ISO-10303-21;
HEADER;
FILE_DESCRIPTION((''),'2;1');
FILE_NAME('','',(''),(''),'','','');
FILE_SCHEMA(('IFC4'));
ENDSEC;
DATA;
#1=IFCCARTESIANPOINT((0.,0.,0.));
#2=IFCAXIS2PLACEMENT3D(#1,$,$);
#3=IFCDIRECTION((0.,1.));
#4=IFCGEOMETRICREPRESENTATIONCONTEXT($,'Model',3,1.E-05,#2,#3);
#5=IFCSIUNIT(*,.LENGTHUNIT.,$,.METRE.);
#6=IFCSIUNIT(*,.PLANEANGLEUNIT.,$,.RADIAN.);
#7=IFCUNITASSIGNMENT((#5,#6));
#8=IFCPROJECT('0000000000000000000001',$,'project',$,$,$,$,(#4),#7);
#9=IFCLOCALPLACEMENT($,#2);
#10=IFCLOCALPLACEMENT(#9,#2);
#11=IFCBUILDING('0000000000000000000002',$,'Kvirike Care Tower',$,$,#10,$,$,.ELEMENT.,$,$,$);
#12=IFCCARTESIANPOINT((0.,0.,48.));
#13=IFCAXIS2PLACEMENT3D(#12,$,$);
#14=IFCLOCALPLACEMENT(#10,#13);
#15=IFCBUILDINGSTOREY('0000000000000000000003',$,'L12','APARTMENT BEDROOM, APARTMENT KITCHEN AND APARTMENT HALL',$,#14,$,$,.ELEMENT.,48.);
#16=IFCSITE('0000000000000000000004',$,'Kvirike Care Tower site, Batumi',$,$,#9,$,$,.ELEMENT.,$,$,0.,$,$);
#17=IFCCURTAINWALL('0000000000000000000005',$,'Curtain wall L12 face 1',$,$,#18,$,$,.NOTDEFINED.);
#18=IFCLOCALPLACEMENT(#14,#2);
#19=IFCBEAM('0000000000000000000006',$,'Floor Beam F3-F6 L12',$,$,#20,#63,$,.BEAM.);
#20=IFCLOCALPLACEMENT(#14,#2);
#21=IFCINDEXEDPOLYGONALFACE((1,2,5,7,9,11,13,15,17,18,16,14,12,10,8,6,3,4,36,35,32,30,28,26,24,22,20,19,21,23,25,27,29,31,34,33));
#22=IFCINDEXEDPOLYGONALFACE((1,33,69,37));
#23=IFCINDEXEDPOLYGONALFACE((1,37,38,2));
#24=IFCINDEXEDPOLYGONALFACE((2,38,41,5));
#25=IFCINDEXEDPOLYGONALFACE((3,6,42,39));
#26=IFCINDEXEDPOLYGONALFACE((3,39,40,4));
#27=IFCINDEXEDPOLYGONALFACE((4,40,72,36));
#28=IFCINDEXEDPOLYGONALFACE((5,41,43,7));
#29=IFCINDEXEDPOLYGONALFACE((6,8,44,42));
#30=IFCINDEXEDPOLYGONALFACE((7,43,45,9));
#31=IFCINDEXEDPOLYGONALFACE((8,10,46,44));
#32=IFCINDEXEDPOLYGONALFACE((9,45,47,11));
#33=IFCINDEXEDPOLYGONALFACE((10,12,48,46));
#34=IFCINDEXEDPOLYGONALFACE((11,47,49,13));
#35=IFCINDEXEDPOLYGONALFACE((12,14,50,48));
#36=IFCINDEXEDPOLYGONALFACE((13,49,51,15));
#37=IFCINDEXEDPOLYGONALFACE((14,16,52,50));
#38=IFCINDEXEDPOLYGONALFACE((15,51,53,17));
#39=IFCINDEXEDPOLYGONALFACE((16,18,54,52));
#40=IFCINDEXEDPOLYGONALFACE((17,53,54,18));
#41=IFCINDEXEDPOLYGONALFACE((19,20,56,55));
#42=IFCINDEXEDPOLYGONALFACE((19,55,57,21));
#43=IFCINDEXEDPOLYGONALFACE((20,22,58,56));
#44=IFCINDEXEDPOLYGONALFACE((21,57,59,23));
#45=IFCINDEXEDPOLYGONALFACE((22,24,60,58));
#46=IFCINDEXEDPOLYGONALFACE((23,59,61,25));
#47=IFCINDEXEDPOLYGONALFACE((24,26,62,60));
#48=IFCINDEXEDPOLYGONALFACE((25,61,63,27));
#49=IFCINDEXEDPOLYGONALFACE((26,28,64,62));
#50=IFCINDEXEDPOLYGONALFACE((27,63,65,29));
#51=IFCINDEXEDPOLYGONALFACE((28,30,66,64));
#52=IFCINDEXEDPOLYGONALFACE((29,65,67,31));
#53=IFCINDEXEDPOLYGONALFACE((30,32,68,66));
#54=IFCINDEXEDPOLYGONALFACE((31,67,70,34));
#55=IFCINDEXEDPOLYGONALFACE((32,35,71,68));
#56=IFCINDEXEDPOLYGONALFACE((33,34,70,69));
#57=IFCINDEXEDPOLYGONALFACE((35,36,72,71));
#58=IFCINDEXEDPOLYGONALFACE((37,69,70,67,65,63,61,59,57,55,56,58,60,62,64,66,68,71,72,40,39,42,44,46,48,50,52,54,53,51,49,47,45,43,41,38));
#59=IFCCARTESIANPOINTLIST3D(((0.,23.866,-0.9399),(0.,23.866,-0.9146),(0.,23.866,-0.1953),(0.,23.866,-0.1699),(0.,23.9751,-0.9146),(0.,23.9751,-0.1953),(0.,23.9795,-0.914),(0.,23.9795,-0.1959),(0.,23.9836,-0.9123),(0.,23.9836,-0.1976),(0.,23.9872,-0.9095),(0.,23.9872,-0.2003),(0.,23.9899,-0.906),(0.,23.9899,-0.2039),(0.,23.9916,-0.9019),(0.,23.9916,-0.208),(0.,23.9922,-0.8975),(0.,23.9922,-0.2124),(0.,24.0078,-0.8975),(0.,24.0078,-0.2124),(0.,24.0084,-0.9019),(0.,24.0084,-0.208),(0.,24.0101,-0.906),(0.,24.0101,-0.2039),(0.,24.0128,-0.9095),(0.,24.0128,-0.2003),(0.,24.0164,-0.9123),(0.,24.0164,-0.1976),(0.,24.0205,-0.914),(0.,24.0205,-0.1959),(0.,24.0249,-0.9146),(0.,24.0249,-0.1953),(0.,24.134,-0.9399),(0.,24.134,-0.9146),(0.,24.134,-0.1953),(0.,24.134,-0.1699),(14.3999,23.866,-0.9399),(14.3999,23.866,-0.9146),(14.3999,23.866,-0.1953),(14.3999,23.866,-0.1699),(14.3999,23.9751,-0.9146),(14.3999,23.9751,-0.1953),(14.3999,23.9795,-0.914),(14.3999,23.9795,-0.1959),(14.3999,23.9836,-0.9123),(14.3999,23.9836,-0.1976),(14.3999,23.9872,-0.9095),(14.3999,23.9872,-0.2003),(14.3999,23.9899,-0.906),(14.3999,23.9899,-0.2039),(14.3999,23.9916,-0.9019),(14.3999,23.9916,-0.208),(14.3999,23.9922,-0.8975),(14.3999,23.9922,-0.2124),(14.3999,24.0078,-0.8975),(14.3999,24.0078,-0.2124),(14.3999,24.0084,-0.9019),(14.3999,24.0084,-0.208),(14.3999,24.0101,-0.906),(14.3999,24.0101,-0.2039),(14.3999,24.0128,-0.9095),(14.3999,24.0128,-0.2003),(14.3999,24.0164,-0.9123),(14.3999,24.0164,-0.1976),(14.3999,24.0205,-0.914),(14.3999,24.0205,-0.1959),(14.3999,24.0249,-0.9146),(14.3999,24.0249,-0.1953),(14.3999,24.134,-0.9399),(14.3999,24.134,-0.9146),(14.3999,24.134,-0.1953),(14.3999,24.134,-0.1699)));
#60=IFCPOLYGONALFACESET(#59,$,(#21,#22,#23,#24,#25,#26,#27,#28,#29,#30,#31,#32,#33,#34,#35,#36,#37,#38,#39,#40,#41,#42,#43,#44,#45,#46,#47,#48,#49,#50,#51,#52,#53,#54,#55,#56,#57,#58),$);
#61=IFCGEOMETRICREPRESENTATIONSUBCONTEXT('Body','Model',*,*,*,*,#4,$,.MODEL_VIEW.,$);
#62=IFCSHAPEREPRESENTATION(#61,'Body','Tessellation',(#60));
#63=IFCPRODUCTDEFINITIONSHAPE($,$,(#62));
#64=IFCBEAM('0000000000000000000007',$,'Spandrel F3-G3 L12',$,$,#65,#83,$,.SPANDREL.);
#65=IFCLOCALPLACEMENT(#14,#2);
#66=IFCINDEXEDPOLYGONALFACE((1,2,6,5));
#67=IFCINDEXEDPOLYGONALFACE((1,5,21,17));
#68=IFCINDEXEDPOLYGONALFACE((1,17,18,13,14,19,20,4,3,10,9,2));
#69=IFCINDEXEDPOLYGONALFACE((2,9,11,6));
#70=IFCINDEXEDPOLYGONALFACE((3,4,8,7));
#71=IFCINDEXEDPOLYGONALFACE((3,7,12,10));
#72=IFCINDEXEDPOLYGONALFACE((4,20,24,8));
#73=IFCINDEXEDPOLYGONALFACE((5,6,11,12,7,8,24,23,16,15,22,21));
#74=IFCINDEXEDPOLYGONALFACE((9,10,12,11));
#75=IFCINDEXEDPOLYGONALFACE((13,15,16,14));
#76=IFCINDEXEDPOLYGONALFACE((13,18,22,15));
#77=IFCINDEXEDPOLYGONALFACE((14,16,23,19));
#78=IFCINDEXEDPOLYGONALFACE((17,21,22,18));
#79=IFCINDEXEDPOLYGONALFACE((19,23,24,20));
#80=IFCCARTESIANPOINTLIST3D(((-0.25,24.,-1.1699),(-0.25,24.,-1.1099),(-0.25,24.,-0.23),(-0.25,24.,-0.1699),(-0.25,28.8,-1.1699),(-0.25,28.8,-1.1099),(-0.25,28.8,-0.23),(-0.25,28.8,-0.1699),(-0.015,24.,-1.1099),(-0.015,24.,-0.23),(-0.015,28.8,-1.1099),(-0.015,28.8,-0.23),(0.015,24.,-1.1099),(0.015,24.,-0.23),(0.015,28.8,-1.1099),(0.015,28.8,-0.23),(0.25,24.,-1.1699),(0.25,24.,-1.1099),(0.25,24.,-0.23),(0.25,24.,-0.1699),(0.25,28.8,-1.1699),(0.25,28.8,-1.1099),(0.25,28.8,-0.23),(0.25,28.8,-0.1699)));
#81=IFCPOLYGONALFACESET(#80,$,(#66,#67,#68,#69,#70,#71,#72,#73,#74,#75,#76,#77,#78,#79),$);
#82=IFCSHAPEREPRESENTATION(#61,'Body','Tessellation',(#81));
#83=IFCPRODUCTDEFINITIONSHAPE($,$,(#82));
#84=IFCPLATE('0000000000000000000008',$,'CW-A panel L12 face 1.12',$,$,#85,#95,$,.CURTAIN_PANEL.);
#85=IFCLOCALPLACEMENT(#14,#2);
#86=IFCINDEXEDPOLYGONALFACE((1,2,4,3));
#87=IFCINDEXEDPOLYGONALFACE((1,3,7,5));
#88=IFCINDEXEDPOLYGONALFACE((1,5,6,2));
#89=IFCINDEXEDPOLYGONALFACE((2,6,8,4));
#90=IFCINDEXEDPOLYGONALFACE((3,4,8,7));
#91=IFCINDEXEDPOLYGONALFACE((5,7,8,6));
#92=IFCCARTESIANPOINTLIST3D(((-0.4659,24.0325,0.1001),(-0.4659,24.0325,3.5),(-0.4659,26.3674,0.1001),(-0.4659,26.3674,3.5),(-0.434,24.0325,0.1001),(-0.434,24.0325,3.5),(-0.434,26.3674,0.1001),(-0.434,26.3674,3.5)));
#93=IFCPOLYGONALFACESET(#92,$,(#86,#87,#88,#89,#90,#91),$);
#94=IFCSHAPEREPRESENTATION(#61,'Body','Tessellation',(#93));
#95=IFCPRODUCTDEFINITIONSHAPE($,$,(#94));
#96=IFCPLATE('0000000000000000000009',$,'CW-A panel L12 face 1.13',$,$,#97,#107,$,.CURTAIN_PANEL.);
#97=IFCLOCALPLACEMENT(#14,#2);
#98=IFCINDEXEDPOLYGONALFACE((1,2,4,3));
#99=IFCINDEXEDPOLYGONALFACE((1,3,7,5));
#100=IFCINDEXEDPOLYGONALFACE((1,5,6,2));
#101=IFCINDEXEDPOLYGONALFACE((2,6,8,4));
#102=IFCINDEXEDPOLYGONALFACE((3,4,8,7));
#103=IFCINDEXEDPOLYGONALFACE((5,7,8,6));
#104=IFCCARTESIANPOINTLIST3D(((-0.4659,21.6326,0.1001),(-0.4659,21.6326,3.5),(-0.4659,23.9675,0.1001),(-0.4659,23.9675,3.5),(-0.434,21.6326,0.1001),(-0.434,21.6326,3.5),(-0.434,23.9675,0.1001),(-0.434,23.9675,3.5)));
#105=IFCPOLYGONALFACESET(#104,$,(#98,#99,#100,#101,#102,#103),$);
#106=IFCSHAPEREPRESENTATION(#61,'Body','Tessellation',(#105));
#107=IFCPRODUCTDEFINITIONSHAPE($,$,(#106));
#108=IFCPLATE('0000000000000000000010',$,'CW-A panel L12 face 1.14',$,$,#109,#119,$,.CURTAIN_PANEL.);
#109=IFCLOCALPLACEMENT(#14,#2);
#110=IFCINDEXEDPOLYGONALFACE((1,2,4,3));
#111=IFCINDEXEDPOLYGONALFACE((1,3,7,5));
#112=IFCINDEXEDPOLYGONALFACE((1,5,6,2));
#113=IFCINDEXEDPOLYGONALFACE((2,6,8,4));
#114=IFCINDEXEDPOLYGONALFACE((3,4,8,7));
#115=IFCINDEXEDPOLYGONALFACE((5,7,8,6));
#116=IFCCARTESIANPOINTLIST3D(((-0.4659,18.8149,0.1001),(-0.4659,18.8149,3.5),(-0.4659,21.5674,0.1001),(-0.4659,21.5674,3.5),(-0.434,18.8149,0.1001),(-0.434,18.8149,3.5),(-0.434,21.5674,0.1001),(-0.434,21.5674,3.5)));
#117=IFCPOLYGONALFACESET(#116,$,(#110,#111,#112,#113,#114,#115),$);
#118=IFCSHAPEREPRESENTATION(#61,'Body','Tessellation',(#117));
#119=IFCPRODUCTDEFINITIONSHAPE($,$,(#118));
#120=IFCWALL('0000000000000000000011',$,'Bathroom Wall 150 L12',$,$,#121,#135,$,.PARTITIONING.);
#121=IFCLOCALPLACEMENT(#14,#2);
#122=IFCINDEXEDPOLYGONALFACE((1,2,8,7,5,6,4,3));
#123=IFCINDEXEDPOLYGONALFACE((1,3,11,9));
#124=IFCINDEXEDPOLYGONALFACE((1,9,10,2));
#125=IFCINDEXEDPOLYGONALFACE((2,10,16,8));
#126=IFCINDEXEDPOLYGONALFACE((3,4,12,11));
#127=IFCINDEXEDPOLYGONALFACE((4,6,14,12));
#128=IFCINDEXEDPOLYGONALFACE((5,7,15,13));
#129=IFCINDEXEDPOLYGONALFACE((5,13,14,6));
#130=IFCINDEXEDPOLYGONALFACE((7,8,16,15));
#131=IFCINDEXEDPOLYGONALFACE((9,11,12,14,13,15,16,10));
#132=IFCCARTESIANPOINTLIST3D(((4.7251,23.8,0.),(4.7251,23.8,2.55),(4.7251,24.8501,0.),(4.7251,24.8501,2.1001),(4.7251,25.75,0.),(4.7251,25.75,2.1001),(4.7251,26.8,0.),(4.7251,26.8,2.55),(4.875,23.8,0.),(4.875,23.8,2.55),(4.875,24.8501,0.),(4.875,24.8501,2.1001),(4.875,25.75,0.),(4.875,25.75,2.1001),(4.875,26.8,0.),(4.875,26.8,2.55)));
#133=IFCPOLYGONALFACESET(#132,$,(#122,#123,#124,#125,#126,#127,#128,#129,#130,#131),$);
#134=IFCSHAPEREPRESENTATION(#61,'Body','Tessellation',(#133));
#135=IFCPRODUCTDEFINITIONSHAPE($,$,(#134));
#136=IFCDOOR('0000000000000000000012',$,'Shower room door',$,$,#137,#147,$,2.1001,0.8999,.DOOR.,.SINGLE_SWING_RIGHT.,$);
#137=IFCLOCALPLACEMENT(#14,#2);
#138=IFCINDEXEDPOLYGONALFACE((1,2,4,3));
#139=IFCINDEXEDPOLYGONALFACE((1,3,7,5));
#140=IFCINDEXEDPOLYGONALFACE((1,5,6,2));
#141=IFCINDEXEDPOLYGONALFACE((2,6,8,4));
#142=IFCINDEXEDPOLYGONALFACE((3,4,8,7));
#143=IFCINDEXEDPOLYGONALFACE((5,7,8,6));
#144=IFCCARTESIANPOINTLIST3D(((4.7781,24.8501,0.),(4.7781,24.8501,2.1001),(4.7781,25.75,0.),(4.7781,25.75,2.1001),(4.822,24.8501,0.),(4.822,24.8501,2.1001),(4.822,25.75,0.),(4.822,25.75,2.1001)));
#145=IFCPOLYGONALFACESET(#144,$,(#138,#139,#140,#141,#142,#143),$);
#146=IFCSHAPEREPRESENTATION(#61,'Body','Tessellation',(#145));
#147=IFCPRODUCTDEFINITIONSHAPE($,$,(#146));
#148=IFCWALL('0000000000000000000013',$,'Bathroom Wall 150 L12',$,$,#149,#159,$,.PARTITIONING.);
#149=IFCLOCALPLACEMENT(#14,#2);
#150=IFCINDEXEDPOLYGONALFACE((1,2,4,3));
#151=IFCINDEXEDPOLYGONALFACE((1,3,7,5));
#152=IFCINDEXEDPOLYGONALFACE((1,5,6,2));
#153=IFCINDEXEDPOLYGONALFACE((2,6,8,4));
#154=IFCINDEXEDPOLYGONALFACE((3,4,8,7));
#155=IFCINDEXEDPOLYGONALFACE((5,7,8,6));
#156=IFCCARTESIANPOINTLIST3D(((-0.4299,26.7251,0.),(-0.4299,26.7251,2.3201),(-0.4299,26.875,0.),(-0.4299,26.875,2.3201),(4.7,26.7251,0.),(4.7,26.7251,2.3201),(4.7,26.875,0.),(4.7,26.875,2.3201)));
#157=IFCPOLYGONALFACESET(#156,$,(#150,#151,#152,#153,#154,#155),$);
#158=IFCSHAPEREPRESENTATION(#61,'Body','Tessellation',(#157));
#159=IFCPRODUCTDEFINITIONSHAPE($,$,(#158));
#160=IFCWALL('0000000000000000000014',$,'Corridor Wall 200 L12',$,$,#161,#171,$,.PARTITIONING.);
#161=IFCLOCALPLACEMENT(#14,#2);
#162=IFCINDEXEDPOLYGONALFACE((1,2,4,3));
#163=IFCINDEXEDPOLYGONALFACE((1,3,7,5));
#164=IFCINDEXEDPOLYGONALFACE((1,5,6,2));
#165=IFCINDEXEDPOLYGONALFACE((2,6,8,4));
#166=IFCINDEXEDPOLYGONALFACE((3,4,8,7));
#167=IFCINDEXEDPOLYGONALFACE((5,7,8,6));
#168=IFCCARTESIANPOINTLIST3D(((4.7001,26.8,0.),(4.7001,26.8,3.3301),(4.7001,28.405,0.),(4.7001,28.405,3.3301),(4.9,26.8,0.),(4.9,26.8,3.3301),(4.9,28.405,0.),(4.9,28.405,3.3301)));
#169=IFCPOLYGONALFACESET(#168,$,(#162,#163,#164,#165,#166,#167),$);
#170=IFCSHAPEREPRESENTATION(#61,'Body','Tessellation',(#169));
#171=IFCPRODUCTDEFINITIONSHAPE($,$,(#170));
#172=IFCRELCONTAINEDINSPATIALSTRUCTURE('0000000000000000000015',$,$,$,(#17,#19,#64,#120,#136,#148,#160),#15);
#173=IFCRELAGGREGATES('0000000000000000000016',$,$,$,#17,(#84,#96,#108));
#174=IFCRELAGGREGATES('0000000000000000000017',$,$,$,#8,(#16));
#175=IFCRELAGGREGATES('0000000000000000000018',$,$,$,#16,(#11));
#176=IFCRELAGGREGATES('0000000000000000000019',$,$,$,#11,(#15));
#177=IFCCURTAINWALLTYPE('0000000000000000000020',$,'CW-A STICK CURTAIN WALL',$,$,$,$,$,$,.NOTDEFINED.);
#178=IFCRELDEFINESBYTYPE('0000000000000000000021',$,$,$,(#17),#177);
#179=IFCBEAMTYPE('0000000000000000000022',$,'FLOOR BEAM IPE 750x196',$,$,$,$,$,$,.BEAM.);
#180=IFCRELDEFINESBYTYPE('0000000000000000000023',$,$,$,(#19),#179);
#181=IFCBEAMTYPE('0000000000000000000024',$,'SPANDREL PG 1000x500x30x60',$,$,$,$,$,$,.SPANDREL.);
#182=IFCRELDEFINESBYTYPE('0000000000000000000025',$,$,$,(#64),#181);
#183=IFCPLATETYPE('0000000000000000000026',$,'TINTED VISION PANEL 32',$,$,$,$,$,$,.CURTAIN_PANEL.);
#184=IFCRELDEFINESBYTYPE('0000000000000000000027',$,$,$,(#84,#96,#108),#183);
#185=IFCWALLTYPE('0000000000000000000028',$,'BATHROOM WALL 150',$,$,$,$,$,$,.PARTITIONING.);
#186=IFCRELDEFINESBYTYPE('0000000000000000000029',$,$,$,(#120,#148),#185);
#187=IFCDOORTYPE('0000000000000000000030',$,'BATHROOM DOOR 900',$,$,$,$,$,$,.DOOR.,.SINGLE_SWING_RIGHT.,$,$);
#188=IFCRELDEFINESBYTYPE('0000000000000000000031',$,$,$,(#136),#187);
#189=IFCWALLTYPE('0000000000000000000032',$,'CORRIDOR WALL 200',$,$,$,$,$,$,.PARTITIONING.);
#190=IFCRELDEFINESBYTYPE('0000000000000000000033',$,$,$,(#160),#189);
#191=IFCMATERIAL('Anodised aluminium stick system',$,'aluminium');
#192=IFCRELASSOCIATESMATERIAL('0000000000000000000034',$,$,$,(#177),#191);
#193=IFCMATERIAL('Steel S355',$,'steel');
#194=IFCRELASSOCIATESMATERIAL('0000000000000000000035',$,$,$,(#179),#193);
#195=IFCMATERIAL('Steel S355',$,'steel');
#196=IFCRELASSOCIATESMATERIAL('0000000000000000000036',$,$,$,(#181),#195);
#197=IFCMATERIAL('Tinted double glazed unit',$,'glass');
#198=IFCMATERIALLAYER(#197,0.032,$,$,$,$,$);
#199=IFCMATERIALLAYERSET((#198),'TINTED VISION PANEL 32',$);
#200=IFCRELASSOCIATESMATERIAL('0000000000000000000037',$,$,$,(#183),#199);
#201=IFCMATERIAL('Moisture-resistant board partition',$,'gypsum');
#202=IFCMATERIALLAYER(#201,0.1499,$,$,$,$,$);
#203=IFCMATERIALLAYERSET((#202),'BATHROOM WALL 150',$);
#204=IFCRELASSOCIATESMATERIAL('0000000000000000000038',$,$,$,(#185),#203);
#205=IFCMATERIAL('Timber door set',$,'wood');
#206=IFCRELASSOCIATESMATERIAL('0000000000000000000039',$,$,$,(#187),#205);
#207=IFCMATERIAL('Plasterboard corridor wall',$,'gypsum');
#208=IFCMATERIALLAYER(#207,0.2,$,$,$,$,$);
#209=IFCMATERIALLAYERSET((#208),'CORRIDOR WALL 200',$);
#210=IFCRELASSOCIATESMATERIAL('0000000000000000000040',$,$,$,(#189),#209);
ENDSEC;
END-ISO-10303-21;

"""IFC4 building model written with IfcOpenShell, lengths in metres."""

from ifc_helpers import new_model, si_unit, direction, frame, frame_2d, origin, origin_2d, place, context, subcontext, project, spatial, rectangle, i_section, extrude, material, layer, layer_set, material_profile, profile_set, type_object, element, fill, aggregate, save


model = new_model("IFC4")

# Units and contexts
model_context = context("Model", 3, precision=1e-05, world=origin(), true_north=direction((0.0, 1.0)))
body_context = subcontext(model_context, "Body", "Model", "MODEL_VIEW")
ifc_project = project(units=[si_unit("LENGTHUNIT", "METRE"), si_unit("PLANEANGLEUNIT", "RADIAN")], contexts=[model_context])

# Site, building, storey
site_placement = place(None, origin())
site = spatial("IfcSite", under=ifc_project, at=site_placement, Name="Kvirike Care Tower site, Batumi", CompositionType="ELEMENT", RefElevation=0.0)
building_placement = place(site_placement, origin())
building = spatial("IfcBuilding", under=site, at=building_placement, Name="Kvirike Care Tower", CompositionType="ELEMENT")
storey_placement = place(building_placement, frame((0.0, 0.0, 48.0)))
storey = spatial("IfcBuildingStorey", under=building, at=storey_placement, Name="L12", Description="APARTMENT BEDROOM, APARTMENT KITCHEN AND APARTMENT HALL", CompositionType="ELEMENT", Elevation=48.0)

# Curtain wall
ifc_material_1 = material(Name="Anodised aluminium stick system", Category="aluminium")
curtain_wall_type = type_object("IfcCurtainWallType", Name="CW-A STICK CURTAIN WALL", PredefinedType="NOTDEFINED", material=ifc_material_1)
curtain_wall_placement = place(storey_placement, origin())
curtain_wall = element("IfcCurtainWall", 1, at=curtain_wall_placement, inside=storey, type_object=curtain_wall_type, Name="Curtain wall L12 face 1", PredefinedType="NOTDEFINED")

# Beams
ifc_material_2 = material(Name="Steel S355", Category="steel")
ifc_material_profile_1 = material_profile(ifc_material_2, i_section(OverallWidth=0.2681, OverallDepth=0.77, WebThickness=0.0156, FlangeThickness=0.0254, FilletRadius=0.0171, at=origin_2d()), Name="IPE 750x196")
ifc_profile_set_1 = profile_set([ifc_material_profile_1], Name="Steel S355")
beam_type_1 = type_object("IfcBeamType", Name="FLOOR BEAM IPE 750x196", PredefinedType="BEAM", material=ifc_profile_set_1)
beam_1_placement = place(storey_placement, frame((0.0, 24.0, -0.5549), z_axis=(1.0, 0.0, 0.0), x_axis=(0.0, 1.0, 0.0)))
element("IfcBeam", 2, at=beam_1_placement, inside=storey, type_object=beam_type_1, Name="Floor Beam F3-F6 L12", PredefinedType="BEAM", context=body_context, shape_type="SweptSolid", body=[
    extrude(i_section(OverallWidth=0.2681, OverallDepth=0.77, WebThickness=0.0156, FlangeThickness=0.0254, FilletRadius=0.0171, at=origin_2d()), origin(), (0.0, 0.0, 1.0), 14.3999),
])
ifc_material_3 = material(Name="Steel S355", Category="steel")
ifc_material_profile_2 = material_profile(ifc_material_3, i_section(OverallWidth=0.5, OverallDepth=1.0, WebThickness=0.03, FlangeThickness=0.0601, at=origin_2d()), Name="PG 1000x500x30x60")
ifc_profile_set_2 = profile_set([ifc_material_profile_2], Name="Steel S355")
beam_type_2 = type_object("IfcBeamType", Name="SPANDREL PG 1000x500x30x60", PredefinedType="SPANDREL", material=ifc_profile_set_2)
beam_2_placement = place(storey_placement, frame((0.0, 24.0, -0.6699), z_axis=(0.0, 1.0, 0.0), x_axis=(-1.0, 0.0, 0.0)))
element("IfcBeam", 3, at=beam_2_placement, inside=storey, type_object=beam_type_2, Name="Spandrel F3-G3 L12", PredefinedType="SPANDREL", context=body_context, shape_type="SweptSolid", body=[
    extrude(i_section(OverallWidth=0.5, OverallDepth=1.0, WebThickness=0.03, FlangeThickness=0.0601, at=origin_2d()), origin(), (0.0, 0.0, 1.0), 4.8),
])

# Plates
ifc_material_4 = material(Name="Tinted double glazed unit", Category="glass")
ifc_layer_1 = layer(ifc_material_4, 0.032)
ifc_layer_set_1 = layer_set([ifc_layer_1], Name="TINTED VISION PANEL 32")
plate_type = type_object("IfcPlateType", Name="TINTED VISION PANEL 32", PredefinedType="CURTAIN_PANEL", material=ifc_layer_set_1)
plate_1_placement = place(storey_placement, frame((-0.45, 25.2, 0.1001), z_axis=(0.0, 0.0, 1.0), x_axis=(0.0, -1.0, 0.0)))
plate_1 = element("IfcPlate", 4, at=plate_1_placement, type_object=plate_type, Name="CW-A panel L12 face 1.12", PredefinedType="CURTAIN_PANEL", context=body_context, shape_type="SweptSolid", body=[
    extrude(rectangle(XDim=2.335, YDim=0.032, at=origin_2d()), origin(), (0.0, 0.0, 1.0), 3.3999),
])
plate_2_placement = place(storey_placement, frame((-0.45, 22.8, 0.1001), z_axis=(0.0, 0.0, 1.0), x_axis=(0.0, -1.0, 0.0)))
plate_2 = element("IfcPlate", 5, at=plate_2_placement, type_object=plate_type, Name="CW-A panel L12 face 1.13", PredefinedType="CURTAIN_PANEL", context=body_context, shape_type="SweptSolid", body=[
    extrude(rectangle(XDim=2.335, YDim=0.032, at=origin_2d()), origin(), (0.0, 0.0, 1.0), 3.3999),
])
plate_3_placement = place(storey_placement, frame((-0.45, 20.1912, 0.1001), z_axis=(0.0, 0.0, 1.0), x_axis=(0.0, -1.0, 0.0)))
plate_3 = element("IfcPlate", 6, at=plate_3_placement, type_object=plate_type, Name="CW-A panel L12 face 1.14", PredefinedType="CURTAIN_PANEL", context=body_context, shape_type="SweptSolid", body=[
    extrude(rectangle(XDim=2.7524, YDim=0.032, at=origin_2d()), origin(), (0.0, 0.0, 1.0), 3.3999),
])
aggregate(curtain_wall, [plate_1, plate_2, plate_3])

# Wall, opening, door
ifc_material_5 = material(Name="Moisture-resistant board partition", Category="gypsum")
ifc_layer_2 = layer(ifc_material_5, 0.1499)
ifc_layer_set_2 = layer_set([ifc_layer_2], Name="BATHROOM WALL 150")
wall_type_1 = type_object("IfcWallType", Name="BATHROOM WALL 150", PredefinedType="PARTITIONING", material=ifc_layer_set_2)
wall_1_placement = place(storey_placement, frame((4.8, 23.8, 0.0), z_axis=(0.0, 0.0, 1.0), x_axis=(0.0, 1.0, 0.0)))
wall_1 = element("IfcWall", 7, at=wall_1_placement, inside=storey, type_object=wall_type_1, Name="Bathroom Wall 150 L12", PredefinedType="PARTITIONING", context=body_context, shape_type="SweptSolid", body=[
    extrude(rectangle(XDim=3.0, YDim=0.1499, at=frame_2d((1.5, 0.0))), origin(), (0.0, 0.0, 1.0), 2.55),
])
opening_1_placement = place(wall_1_placement, frame((1.05, 0.0, 0.0)))
opening_1 = element("IfcOpeningElement", 8, at=opening_1_placement, cuts=wall_1, PredefinedType="OPENING", context=body_context, shape_type="SweptSolid", body=[
    extrude(rectangle(XDim=0.8999, YDim=2.1001, at=frame_2d((0.45, 1.05))), frame((0.0, 0.0854, 0.0), z_axis=(0.0, -1.0, 0.0), x_axis=(1.0, 0.0, 0.0)), (0.0, 0.0, 1.0), 0.1709),
])
ifc_material_6 = material(Name="Timber door set", Category="wood")
door_type_1 = type_object("IfcDoorType", Name="BATHROOM DOOR 900", OperationType="SINGLE_SWING_RIGHT", PredefinedType="DOOR", material=ifc_material_6)
door_1_placement = place(opening_1_placement, origin())
door_1 = element("IfcDoor", 9, at=door_1_placement, inside=storey, type_object=door_type_1, Name="Shower room door", OperationType="SINGLE_SWING_RIGHT", OverallHeight=2.1001, OverallWidth=0.8999, PredefinedType="DOOR", context=body_context, shape_type="SweptSolid", body=[
    extrude(rectangle(XDim=0.8999, YDim=2.1001, at=frame_2d((0.45, 1.05))), frame((0.0, 0.022, 0.0), z_axis=(0.0, -1.0, 0.0), x_axis=(1.0, 0.0, 0.0)), (0.0, 0.0, 1.0), 0.0439),
])
fill(opening_1, door_1)

# Walls
wall_2_placement = place(storey_placement, frame((-0.4299, 26.8, 0.0), z_axis=(0.0, 0.0, 1.0), x_axis=(1.0, 0.0, 0.0)))
element("IfcWall", 10, at=wall_2_placement, inside=storey, type_object=wall_type_1, Name="Bathroom Wall 150 L12", PredefinedType="PARTITIONING", context=body_context, shape_type="SweptSolid", body=[
    extrude(rectangle(XDim=5.1299, YDim=0.1499, at=frame_2d((2.5649, 0.0))), origin(), (0.0, 0.0, 1.0), 2.3201),
])
ifc_material_7 = material(Name="Plasterboard corridor wall", Category="gypsum")
ifc_layer_3 = layer(ifc_material_7, 0.2)
ifc_layer_set_3 = layer_set([ifc_layer_3], Name="CORRIDOR WALL 200")
wall_type_2 = type_object("IfcWallType", Name="CORRIDOR WALL 200", PredefinedType="PARTITIONING", material=ifc_layer_set_3)
wall_3_placement = place(storey_placement, frame((4.8, 26.8, 0.0), z_axis=(0.0, 0.0, 1.0), x_axis=(0.0, 1.0, 0.0)))
element("IfcWall", 11, at=wall_3_placement, inside=storey, type_object=wall_type_2, Name="Corridor Wall 200 L12", PredefinedType="PARTITIONING", context=body_context, shape_type="SweptSolid", body=[
    extrude(rectangle(XDim=1.605, YDim=0.2, at=frame_2d((0.8025, 0.0))), origin(), (0.0, 0.0, 1.0), 3.3301),
])

save(model, "model.ifc")
